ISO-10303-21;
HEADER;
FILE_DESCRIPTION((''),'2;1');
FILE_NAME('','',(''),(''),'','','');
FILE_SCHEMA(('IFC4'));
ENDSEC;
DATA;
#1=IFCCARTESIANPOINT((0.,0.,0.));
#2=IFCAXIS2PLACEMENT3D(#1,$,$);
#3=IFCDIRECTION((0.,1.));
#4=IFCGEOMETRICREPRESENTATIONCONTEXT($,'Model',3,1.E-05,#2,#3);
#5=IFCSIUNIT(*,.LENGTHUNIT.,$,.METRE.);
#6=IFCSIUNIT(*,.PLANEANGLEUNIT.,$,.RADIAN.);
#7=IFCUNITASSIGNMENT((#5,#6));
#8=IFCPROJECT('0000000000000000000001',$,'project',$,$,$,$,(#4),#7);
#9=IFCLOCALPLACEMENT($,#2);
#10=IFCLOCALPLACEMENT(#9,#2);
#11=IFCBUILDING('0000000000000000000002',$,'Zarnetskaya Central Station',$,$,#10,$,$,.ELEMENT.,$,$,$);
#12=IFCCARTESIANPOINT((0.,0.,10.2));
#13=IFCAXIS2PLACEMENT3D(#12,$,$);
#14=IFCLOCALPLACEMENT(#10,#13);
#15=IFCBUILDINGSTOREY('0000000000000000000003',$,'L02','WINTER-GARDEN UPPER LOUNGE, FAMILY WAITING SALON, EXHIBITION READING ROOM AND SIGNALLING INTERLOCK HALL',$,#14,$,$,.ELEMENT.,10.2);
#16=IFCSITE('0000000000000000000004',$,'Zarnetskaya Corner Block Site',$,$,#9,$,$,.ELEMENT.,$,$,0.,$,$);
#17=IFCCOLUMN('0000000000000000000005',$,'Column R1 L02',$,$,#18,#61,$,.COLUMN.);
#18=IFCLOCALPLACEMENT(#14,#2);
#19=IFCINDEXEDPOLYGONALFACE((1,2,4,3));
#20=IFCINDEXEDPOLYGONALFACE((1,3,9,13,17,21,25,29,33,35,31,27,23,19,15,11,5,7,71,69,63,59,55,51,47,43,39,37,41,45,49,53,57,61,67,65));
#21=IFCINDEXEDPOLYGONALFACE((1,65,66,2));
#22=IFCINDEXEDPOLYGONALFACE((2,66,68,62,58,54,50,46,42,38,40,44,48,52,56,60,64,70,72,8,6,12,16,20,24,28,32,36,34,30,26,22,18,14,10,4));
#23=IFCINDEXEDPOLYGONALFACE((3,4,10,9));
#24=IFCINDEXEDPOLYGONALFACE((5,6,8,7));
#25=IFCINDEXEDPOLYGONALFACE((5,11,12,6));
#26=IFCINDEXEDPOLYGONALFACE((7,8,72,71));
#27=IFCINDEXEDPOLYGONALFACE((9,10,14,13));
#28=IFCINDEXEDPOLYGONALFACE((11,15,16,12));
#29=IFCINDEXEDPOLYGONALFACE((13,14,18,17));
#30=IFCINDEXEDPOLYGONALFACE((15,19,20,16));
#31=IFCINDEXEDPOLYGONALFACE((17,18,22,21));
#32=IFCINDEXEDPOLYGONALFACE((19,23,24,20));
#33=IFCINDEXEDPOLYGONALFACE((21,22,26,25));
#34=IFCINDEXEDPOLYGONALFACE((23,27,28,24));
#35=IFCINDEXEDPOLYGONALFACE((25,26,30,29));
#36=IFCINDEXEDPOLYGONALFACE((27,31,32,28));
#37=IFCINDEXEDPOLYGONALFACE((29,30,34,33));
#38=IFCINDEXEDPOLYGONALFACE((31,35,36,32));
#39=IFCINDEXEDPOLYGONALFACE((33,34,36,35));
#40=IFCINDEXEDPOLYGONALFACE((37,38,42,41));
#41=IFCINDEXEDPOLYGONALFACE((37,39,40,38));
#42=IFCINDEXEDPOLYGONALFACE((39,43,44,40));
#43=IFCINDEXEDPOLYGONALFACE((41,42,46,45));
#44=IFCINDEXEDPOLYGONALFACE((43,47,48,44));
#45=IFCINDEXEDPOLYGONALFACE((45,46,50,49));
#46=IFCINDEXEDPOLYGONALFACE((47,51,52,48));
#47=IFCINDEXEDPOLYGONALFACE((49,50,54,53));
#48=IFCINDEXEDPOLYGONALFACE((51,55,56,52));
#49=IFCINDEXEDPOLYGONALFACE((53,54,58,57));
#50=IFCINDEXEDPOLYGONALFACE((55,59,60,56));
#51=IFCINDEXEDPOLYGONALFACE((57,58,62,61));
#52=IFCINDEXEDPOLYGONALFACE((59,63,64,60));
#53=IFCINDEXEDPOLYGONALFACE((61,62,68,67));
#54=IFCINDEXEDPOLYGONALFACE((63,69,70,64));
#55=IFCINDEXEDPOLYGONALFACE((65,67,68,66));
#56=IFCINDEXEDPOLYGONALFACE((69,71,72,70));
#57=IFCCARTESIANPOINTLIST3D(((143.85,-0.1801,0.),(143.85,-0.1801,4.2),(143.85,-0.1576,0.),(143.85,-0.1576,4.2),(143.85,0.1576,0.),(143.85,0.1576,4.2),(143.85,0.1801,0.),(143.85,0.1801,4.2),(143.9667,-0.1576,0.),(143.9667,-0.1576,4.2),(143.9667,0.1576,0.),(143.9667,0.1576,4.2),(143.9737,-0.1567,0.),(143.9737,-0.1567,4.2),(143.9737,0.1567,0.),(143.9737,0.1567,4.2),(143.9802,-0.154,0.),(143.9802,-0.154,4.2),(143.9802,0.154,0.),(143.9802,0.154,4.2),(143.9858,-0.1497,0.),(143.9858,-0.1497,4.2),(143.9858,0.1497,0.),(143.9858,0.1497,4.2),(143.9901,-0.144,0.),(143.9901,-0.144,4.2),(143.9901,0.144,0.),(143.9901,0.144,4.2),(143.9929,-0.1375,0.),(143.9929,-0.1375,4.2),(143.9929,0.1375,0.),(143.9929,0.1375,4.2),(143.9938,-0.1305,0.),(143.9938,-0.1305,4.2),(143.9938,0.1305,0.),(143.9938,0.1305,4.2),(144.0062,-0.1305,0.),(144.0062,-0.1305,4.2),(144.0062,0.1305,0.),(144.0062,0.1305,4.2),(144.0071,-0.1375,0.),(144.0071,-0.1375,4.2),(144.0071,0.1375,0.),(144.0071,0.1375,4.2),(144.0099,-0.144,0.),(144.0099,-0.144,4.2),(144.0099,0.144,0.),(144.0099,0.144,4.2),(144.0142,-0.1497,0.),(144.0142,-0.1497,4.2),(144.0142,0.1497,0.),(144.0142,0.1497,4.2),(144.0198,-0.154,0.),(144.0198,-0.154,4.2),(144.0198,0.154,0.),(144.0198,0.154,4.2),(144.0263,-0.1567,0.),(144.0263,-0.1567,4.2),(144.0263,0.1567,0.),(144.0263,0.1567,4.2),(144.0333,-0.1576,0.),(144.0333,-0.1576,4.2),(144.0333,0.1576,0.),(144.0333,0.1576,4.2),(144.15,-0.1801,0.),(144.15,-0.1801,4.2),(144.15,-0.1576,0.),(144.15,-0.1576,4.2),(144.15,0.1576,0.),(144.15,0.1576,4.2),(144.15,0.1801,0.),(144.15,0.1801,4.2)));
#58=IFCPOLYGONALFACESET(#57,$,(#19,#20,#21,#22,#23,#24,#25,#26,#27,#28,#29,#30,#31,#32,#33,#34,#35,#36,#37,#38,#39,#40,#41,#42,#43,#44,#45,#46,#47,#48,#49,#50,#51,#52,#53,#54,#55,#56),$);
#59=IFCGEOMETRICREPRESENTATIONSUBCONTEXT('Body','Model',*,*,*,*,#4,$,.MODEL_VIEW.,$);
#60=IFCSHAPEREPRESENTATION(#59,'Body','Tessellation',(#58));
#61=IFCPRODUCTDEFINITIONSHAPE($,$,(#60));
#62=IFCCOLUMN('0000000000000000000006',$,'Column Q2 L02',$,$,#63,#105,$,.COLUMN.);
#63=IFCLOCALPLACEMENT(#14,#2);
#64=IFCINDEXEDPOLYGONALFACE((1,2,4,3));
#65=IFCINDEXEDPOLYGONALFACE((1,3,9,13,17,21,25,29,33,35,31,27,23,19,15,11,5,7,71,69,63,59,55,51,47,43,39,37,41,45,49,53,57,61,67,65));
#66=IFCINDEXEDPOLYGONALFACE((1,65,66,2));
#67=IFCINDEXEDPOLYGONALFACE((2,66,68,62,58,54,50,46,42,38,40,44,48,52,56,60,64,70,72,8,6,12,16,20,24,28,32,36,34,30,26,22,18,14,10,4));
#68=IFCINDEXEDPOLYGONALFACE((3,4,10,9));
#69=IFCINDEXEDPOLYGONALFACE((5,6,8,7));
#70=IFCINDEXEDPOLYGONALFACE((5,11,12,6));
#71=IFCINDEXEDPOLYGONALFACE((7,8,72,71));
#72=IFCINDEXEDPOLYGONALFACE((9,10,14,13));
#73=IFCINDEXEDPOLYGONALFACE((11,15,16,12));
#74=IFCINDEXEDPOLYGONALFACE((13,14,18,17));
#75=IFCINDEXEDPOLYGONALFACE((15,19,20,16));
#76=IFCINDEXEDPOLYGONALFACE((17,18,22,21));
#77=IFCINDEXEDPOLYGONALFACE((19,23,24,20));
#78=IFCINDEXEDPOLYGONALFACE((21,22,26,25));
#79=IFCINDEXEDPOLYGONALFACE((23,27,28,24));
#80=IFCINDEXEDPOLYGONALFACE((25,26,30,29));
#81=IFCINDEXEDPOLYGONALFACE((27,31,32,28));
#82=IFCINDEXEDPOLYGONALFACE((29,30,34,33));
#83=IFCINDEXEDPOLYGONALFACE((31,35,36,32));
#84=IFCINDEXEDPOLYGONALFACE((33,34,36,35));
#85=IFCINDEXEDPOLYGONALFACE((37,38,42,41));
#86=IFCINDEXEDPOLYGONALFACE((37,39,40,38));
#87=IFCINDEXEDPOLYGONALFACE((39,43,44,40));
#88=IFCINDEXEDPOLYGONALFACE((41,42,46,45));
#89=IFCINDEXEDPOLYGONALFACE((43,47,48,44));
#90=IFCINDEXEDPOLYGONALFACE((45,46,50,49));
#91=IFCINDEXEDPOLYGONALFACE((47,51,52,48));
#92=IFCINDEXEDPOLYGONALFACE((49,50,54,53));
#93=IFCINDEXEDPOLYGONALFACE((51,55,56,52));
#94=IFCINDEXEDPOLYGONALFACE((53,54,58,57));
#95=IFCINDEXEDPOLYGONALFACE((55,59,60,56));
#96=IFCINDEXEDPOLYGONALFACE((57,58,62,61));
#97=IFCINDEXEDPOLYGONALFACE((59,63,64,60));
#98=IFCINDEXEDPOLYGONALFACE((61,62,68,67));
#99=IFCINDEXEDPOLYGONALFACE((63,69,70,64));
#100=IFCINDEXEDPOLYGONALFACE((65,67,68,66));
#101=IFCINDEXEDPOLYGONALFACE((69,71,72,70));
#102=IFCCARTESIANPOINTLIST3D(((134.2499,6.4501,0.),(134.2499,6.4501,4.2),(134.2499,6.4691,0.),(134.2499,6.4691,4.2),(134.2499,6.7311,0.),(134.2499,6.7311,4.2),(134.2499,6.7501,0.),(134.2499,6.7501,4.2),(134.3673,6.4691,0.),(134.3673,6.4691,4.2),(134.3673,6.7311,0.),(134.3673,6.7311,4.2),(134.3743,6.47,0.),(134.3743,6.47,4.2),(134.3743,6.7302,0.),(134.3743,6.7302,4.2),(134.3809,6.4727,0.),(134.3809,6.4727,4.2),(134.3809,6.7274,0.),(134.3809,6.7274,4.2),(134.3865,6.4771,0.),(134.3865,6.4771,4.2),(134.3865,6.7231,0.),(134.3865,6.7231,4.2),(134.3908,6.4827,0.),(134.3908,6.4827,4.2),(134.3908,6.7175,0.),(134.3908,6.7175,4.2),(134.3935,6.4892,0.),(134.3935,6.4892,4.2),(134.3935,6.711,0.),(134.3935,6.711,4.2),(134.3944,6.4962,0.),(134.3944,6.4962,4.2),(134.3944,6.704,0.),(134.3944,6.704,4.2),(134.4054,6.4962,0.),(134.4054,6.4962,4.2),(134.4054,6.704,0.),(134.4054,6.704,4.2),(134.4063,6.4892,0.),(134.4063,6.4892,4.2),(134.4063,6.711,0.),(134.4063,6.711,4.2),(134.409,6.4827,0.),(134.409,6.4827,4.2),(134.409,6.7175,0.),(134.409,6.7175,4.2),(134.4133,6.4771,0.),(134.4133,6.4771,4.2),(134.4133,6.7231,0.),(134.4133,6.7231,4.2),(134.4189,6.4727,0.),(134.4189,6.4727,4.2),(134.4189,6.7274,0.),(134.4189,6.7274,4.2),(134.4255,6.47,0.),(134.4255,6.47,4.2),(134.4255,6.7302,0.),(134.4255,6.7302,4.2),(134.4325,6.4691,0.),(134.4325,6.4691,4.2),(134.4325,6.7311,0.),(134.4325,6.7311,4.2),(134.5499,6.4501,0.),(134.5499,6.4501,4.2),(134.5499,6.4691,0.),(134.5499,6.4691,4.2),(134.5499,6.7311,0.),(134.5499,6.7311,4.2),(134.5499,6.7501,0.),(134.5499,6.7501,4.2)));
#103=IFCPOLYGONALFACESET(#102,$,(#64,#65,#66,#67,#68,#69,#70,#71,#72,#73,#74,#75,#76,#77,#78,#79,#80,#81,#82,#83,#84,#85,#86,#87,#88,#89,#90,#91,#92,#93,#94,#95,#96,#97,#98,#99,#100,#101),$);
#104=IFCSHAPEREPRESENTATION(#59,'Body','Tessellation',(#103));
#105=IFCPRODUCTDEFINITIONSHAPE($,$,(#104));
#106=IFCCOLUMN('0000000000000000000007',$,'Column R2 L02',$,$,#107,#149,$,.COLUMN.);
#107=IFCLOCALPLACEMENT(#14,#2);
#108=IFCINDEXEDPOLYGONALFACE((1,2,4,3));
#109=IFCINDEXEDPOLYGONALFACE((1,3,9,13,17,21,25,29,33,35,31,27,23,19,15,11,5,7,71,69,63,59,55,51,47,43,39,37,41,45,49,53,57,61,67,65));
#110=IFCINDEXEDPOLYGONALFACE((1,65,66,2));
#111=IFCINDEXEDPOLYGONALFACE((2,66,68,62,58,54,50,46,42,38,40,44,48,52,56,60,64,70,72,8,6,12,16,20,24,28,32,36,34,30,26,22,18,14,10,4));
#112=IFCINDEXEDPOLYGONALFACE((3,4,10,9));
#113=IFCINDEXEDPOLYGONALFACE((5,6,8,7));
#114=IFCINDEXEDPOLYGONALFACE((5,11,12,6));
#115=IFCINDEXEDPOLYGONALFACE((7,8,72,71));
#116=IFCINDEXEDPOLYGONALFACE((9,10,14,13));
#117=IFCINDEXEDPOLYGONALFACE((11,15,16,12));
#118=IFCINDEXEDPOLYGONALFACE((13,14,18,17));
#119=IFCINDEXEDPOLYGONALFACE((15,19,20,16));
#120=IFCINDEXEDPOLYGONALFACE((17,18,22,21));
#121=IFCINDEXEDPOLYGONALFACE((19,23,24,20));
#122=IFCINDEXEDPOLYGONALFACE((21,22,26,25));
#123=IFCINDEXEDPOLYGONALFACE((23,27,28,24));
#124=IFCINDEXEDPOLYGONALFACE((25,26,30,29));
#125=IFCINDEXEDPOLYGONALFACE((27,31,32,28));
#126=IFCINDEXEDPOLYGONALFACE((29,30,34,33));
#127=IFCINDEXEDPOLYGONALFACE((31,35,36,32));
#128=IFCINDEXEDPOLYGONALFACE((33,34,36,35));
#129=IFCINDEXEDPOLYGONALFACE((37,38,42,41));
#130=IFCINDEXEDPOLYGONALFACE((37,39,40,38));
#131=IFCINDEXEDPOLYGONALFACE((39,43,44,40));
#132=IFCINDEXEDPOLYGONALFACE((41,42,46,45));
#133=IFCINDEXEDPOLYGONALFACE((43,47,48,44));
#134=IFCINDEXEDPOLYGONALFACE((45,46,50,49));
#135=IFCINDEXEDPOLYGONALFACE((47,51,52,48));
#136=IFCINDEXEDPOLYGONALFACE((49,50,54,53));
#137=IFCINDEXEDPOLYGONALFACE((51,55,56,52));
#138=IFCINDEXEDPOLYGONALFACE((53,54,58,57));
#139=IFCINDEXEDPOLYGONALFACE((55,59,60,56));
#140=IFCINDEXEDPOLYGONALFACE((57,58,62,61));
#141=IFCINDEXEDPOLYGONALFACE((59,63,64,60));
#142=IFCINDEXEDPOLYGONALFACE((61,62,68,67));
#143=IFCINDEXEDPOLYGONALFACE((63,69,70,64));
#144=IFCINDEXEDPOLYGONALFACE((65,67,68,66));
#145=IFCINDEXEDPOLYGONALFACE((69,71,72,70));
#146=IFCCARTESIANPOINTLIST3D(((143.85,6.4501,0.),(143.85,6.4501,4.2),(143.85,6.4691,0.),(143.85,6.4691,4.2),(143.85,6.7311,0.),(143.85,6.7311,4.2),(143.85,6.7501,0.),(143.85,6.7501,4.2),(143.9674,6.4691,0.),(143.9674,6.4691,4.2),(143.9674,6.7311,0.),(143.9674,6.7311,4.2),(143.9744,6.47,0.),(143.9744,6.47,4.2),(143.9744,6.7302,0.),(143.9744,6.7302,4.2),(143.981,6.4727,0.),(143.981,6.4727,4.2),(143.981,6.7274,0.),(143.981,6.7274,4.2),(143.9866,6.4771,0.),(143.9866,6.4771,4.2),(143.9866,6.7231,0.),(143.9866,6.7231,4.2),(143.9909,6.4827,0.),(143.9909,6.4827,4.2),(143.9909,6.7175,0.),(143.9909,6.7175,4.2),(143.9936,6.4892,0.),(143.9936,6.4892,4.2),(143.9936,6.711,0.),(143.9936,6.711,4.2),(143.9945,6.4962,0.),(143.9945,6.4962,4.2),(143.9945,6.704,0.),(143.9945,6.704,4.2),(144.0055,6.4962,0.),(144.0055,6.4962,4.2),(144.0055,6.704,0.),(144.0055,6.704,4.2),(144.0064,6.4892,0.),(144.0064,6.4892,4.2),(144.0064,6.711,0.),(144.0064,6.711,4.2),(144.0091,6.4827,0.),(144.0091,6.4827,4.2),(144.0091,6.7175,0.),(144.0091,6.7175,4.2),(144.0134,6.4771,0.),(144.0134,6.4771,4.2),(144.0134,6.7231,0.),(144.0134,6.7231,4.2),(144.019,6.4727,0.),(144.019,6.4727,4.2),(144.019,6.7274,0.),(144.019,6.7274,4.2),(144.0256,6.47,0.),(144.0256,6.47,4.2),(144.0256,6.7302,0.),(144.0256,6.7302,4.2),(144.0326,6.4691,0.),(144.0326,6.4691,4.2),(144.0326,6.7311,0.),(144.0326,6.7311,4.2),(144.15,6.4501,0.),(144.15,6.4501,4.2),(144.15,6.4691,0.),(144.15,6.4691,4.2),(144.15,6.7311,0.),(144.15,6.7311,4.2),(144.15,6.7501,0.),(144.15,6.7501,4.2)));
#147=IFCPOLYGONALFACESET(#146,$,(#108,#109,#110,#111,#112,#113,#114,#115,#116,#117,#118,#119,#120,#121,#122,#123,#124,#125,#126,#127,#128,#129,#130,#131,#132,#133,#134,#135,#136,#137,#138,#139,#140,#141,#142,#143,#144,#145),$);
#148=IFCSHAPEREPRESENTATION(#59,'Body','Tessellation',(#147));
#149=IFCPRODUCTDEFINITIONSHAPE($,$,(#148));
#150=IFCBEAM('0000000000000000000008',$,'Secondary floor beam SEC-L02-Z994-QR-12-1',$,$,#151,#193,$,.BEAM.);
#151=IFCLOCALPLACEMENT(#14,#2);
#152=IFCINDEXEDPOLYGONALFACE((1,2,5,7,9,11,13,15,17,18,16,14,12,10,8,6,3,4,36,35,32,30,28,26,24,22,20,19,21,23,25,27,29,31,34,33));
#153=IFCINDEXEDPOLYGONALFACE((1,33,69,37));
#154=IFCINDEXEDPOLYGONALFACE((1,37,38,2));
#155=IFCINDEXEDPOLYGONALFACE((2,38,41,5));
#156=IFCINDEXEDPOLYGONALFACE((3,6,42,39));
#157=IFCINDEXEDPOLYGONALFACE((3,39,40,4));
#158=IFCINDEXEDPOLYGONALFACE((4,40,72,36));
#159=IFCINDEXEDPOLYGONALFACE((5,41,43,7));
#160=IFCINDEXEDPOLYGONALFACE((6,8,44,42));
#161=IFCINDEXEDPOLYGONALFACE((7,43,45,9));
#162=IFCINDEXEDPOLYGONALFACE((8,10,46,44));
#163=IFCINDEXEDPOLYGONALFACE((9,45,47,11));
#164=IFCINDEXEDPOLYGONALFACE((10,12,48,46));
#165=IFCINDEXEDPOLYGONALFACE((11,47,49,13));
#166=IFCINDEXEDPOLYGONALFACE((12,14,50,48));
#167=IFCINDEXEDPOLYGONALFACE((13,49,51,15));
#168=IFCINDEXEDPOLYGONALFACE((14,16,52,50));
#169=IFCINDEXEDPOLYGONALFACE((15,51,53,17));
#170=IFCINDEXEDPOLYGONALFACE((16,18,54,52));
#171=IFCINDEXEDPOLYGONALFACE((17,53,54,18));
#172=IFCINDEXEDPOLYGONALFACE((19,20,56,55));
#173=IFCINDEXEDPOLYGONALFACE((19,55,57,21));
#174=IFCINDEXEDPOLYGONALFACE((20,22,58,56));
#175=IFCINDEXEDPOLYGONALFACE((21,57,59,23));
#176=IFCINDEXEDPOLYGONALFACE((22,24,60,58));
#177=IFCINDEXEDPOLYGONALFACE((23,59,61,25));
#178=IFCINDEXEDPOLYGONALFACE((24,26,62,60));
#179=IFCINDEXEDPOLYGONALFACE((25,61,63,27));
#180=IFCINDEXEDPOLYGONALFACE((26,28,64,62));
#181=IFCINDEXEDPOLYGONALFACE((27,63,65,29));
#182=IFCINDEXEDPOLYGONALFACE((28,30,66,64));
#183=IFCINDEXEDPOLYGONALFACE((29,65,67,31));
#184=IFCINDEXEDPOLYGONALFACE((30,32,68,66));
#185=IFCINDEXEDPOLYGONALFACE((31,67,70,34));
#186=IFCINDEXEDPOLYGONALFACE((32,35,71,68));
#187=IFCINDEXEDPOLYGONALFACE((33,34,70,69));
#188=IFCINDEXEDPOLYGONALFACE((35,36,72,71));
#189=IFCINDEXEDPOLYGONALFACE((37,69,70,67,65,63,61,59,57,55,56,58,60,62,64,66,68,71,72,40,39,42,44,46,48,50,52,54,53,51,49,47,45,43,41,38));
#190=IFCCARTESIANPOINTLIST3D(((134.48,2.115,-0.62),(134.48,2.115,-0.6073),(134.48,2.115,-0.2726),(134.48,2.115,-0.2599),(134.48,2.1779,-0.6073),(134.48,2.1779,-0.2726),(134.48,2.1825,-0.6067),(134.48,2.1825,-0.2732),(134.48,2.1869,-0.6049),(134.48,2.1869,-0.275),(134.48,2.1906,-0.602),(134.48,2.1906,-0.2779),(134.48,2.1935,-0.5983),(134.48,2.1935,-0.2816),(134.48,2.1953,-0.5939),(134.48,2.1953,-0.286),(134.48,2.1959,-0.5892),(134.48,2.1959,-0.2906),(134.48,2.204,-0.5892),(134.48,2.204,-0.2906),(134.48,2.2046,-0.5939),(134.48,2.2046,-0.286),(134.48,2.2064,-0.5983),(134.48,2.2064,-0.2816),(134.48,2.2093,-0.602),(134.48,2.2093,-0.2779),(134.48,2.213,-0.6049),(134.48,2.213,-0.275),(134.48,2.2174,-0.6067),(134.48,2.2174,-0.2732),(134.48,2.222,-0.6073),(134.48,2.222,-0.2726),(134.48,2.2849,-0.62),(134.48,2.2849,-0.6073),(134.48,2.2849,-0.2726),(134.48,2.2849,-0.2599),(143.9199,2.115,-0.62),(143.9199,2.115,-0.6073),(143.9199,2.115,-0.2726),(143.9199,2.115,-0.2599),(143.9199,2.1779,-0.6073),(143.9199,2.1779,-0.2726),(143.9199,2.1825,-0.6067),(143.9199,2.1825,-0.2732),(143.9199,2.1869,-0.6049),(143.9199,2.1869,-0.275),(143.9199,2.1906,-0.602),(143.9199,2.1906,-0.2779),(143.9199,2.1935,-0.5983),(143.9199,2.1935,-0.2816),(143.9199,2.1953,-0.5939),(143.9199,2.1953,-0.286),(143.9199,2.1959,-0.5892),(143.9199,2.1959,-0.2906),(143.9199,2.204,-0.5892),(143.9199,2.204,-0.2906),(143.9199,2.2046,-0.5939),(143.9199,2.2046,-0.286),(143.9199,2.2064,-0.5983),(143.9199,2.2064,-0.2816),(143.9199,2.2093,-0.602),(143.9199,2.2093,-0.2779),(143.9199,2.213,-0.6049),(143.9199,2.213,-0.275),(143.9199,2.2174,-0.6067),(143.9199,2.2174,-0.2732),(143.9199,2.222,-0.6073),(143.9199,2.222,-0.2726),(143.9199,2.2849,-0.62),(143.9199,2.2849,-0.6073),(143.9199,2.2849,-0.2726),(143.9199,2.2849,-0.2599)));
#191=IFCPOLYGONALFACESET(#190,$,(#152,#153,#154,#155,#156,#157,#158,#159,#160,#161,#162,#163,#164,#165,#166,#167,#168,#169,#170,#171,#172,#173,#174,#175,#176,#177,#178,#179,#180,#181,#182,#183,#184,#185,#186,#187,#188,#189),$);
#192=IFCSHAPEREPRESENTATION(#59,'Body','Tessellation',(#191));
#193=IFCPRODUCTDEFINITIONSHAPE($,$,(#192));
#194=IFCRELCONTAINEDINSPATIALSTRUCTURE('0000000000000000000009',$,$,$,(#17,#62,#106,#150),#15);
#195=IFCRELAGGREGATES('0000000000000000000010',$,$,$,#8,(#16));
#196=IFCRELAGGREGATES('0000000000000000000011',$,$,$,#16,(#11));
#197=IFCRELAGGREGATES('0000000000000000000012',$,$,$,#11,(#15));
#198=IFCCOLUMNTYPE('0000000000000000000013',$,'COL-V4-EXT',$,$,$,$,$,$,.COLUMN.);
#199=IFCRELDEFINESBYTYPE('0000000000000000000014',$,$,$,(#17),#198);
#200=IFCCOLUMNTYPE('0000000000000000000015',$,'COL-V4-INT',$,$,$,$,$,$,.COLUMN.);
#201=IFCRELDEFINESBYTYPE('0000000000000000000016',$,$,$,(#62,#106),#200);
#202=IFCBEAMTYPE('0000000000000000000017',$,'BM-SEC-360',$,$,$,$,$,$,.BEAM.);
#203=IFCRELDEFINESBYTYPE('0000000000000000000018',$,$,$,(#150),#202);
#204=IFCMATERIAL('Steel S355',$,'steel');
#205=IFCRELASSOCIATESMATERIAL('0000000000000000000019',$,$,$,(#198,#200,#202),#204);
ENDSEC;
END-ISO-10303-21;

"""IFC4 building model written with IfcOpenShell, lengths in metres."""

from ifc_helpers import new_model, si_unit, direction, frame, origin, origin_2d, place, context, subcontext, project, spatial, i_section, extrude, material, material_profile, profile_set, type_object, element, save


model = new_model("IFC4")

# Units and contexts
model_context = context("Model", 3, precision=1e-05, world=origin(), true_north=direction((0.0, 1.0)))
body_context = subcontext(model_context, "Body", "Model", "MODEL_VIEW")
ifc_project = project(units=[si_unit("LENGTHUNIT", "METRE"), si_unit("PLANEANGLEUNIT", "RADIAN")], contexts=[model_context])

# Site, building, storey
site_placement = place(None, origin())
site = spatial("IfcSite", under=ifc_project, at=site_placement, Name="Zarnetskaya Corner Block Site", CompositionType="ELEMENT", RefElevation=0.0)
building_placement = place(site_placement, origin())
building = spatial("IfcBuilding", under=site, at=building_placement, Name="Zarnetskaya Central Station", CompositionType="ELEMENT")
storey_placement = place(building_placement, frame((0.0, 0.0, 10.2)))
storey = spatial("IfcBuildingStorey", under=building, at=storey_placement, Name="L02", Description="WINTER-GARDEN UPPER LOUNGE, FAMILY WAITING SALON, EXHIBITION READING ROOM AND SIGNALLING INTERLOCK HALL", CompositionType="ELEMENT", Elevation=10.2)

# Columns
ifc_material_1 = material(Name="Steel S355", Category="steel")
ifc_material_profile_1 = material_profile(ifc_material_1, i_section(OverallWidth=0.3, OverallDepth=0.3601, WebThickness=0.0125, FlangeThickness=0.0225, FilletRadius=0.0271, at=origin_2d()), Name="HEB 360")
ifc_profile_set_1 = profile_set([ifc_material_profile_1], Name="Steel S355")
column_type_1 = type_object("IfcColumnType", Name="COL-V4-EXT", PredefinedType="COLUMN", material=ifc_profile_set_1)
column_placement = place(storey_placement, frame((144.0, 0.0, 0.0), z_axis=(0.0, 0.0, 1.0), x_axis=(1.0, 0.0, 0.0)))
element("IfcColumn", 1, at=column_placement, inside=storey, type_object=column_type_1, Name="Column R1 L02", PredefinedType="COLUMN", context=body_context, shape_type="SweptSolid", body=[
    extrude(i_section(OverallWidth=0.3, OverallDepth=0.3601, WebThickness=0.0125, FlangeThickness=0.0225, FilletRadius=0.0271, at=origin_2d()), origin(), (0.0, 0.0, 1.0), 4.2),
])
ifc_material_profile_2 = material_profile(ifc_material_1, i_section(OverallWidth=0.3, OverallDepth=0.3, WebThickness=0.011, FlangeThickness=0.019, FilletRadius=0.0271, at=origin_2d()), Name="HEB 300")
ifc_profile_set_2 = profile_set([ifc_material_profile_2], Name="Steel S355")
column_type_2 = type_object("IfcColumnType", Name="COL-V4-INT", PredefinedType="COLUMN", material=ifc_profile_set_2)
for number, where, z_axis, x_axis, name in (
    (2, (134.3999, 6.6001, 0.0), (0.0, 0.0, 1.0), (1.0, 0.0, 0.0), "Column Q2 L02"),
    (3, (144.0, 6.6001, 0.0), (0.0, 0.0, 1.0), (1.0, 0.0, 0.0), "Column R2 L02"),
):
    element("IfcColumn", number, at=place(storey_placement, frame(where, z_axis=z_axis, x_axis=x_axis)), inside=storey, type_object=column_type_2, Name=name, PredefinedType="COLUMN", context=body_context, shape_type="SweptSolid", body=[
        extrude(i_section(OverallWidth=0.3, OverallDepth=0.3, WebThickness=0.011, FlangeThickness=0.019, FilletRadius=0.0271, at=origin_2d()), origin(), (0.0, 0.0, 1.0), 4.2),
    ])

# Beam
ifc_material_profile_3 = material_profile(ifc_material_1, i_section(OverallWidth=0.1699, OverallDepth=0.3601, WebThickness=0.0081, FlangeThickness=0.0127, FilletRadius=0.0181, at=origin_2d()), Name="IPE 360")
ifc_profile_set_3 = profile_set([ifc_material_profile_3], Name="Steel S355")
beam_type_1 = type_object("IfcBeamType", Name="BM-SEC-360", PredefinedType="BEAM", material=ifc_profile_set_3)
for number, where, z_axis, x_axis, name in (
    (4, (134.48, 2.2, -0.4399), (1.0, 0.0, 0.0), (0.0, 1.0, 0.0), "Secondary floor beam SEC-L02-Z994-QR-12-1"),
):
    element("IfcBeam", number, at=place(storey_placement, frame(where, z_axis=z_axis, x_axis=x_axis)), inside=storey, type_object=beam_type_1, Name=name, PredefinedType="BEAM", context=body_context, shape_type="SweptSolid", body=[
        extrude(i_section(OverallWidth=0.1699, OverallDepth=0.3601, WebThickness=0.0081, FlangeThickness=0.0127, FilletRadius=0.0181, at=origin_2d()), origin(), (0.0, 0.0, 1.0), 9.4399),
    ])

save(model, "model.ifc")
